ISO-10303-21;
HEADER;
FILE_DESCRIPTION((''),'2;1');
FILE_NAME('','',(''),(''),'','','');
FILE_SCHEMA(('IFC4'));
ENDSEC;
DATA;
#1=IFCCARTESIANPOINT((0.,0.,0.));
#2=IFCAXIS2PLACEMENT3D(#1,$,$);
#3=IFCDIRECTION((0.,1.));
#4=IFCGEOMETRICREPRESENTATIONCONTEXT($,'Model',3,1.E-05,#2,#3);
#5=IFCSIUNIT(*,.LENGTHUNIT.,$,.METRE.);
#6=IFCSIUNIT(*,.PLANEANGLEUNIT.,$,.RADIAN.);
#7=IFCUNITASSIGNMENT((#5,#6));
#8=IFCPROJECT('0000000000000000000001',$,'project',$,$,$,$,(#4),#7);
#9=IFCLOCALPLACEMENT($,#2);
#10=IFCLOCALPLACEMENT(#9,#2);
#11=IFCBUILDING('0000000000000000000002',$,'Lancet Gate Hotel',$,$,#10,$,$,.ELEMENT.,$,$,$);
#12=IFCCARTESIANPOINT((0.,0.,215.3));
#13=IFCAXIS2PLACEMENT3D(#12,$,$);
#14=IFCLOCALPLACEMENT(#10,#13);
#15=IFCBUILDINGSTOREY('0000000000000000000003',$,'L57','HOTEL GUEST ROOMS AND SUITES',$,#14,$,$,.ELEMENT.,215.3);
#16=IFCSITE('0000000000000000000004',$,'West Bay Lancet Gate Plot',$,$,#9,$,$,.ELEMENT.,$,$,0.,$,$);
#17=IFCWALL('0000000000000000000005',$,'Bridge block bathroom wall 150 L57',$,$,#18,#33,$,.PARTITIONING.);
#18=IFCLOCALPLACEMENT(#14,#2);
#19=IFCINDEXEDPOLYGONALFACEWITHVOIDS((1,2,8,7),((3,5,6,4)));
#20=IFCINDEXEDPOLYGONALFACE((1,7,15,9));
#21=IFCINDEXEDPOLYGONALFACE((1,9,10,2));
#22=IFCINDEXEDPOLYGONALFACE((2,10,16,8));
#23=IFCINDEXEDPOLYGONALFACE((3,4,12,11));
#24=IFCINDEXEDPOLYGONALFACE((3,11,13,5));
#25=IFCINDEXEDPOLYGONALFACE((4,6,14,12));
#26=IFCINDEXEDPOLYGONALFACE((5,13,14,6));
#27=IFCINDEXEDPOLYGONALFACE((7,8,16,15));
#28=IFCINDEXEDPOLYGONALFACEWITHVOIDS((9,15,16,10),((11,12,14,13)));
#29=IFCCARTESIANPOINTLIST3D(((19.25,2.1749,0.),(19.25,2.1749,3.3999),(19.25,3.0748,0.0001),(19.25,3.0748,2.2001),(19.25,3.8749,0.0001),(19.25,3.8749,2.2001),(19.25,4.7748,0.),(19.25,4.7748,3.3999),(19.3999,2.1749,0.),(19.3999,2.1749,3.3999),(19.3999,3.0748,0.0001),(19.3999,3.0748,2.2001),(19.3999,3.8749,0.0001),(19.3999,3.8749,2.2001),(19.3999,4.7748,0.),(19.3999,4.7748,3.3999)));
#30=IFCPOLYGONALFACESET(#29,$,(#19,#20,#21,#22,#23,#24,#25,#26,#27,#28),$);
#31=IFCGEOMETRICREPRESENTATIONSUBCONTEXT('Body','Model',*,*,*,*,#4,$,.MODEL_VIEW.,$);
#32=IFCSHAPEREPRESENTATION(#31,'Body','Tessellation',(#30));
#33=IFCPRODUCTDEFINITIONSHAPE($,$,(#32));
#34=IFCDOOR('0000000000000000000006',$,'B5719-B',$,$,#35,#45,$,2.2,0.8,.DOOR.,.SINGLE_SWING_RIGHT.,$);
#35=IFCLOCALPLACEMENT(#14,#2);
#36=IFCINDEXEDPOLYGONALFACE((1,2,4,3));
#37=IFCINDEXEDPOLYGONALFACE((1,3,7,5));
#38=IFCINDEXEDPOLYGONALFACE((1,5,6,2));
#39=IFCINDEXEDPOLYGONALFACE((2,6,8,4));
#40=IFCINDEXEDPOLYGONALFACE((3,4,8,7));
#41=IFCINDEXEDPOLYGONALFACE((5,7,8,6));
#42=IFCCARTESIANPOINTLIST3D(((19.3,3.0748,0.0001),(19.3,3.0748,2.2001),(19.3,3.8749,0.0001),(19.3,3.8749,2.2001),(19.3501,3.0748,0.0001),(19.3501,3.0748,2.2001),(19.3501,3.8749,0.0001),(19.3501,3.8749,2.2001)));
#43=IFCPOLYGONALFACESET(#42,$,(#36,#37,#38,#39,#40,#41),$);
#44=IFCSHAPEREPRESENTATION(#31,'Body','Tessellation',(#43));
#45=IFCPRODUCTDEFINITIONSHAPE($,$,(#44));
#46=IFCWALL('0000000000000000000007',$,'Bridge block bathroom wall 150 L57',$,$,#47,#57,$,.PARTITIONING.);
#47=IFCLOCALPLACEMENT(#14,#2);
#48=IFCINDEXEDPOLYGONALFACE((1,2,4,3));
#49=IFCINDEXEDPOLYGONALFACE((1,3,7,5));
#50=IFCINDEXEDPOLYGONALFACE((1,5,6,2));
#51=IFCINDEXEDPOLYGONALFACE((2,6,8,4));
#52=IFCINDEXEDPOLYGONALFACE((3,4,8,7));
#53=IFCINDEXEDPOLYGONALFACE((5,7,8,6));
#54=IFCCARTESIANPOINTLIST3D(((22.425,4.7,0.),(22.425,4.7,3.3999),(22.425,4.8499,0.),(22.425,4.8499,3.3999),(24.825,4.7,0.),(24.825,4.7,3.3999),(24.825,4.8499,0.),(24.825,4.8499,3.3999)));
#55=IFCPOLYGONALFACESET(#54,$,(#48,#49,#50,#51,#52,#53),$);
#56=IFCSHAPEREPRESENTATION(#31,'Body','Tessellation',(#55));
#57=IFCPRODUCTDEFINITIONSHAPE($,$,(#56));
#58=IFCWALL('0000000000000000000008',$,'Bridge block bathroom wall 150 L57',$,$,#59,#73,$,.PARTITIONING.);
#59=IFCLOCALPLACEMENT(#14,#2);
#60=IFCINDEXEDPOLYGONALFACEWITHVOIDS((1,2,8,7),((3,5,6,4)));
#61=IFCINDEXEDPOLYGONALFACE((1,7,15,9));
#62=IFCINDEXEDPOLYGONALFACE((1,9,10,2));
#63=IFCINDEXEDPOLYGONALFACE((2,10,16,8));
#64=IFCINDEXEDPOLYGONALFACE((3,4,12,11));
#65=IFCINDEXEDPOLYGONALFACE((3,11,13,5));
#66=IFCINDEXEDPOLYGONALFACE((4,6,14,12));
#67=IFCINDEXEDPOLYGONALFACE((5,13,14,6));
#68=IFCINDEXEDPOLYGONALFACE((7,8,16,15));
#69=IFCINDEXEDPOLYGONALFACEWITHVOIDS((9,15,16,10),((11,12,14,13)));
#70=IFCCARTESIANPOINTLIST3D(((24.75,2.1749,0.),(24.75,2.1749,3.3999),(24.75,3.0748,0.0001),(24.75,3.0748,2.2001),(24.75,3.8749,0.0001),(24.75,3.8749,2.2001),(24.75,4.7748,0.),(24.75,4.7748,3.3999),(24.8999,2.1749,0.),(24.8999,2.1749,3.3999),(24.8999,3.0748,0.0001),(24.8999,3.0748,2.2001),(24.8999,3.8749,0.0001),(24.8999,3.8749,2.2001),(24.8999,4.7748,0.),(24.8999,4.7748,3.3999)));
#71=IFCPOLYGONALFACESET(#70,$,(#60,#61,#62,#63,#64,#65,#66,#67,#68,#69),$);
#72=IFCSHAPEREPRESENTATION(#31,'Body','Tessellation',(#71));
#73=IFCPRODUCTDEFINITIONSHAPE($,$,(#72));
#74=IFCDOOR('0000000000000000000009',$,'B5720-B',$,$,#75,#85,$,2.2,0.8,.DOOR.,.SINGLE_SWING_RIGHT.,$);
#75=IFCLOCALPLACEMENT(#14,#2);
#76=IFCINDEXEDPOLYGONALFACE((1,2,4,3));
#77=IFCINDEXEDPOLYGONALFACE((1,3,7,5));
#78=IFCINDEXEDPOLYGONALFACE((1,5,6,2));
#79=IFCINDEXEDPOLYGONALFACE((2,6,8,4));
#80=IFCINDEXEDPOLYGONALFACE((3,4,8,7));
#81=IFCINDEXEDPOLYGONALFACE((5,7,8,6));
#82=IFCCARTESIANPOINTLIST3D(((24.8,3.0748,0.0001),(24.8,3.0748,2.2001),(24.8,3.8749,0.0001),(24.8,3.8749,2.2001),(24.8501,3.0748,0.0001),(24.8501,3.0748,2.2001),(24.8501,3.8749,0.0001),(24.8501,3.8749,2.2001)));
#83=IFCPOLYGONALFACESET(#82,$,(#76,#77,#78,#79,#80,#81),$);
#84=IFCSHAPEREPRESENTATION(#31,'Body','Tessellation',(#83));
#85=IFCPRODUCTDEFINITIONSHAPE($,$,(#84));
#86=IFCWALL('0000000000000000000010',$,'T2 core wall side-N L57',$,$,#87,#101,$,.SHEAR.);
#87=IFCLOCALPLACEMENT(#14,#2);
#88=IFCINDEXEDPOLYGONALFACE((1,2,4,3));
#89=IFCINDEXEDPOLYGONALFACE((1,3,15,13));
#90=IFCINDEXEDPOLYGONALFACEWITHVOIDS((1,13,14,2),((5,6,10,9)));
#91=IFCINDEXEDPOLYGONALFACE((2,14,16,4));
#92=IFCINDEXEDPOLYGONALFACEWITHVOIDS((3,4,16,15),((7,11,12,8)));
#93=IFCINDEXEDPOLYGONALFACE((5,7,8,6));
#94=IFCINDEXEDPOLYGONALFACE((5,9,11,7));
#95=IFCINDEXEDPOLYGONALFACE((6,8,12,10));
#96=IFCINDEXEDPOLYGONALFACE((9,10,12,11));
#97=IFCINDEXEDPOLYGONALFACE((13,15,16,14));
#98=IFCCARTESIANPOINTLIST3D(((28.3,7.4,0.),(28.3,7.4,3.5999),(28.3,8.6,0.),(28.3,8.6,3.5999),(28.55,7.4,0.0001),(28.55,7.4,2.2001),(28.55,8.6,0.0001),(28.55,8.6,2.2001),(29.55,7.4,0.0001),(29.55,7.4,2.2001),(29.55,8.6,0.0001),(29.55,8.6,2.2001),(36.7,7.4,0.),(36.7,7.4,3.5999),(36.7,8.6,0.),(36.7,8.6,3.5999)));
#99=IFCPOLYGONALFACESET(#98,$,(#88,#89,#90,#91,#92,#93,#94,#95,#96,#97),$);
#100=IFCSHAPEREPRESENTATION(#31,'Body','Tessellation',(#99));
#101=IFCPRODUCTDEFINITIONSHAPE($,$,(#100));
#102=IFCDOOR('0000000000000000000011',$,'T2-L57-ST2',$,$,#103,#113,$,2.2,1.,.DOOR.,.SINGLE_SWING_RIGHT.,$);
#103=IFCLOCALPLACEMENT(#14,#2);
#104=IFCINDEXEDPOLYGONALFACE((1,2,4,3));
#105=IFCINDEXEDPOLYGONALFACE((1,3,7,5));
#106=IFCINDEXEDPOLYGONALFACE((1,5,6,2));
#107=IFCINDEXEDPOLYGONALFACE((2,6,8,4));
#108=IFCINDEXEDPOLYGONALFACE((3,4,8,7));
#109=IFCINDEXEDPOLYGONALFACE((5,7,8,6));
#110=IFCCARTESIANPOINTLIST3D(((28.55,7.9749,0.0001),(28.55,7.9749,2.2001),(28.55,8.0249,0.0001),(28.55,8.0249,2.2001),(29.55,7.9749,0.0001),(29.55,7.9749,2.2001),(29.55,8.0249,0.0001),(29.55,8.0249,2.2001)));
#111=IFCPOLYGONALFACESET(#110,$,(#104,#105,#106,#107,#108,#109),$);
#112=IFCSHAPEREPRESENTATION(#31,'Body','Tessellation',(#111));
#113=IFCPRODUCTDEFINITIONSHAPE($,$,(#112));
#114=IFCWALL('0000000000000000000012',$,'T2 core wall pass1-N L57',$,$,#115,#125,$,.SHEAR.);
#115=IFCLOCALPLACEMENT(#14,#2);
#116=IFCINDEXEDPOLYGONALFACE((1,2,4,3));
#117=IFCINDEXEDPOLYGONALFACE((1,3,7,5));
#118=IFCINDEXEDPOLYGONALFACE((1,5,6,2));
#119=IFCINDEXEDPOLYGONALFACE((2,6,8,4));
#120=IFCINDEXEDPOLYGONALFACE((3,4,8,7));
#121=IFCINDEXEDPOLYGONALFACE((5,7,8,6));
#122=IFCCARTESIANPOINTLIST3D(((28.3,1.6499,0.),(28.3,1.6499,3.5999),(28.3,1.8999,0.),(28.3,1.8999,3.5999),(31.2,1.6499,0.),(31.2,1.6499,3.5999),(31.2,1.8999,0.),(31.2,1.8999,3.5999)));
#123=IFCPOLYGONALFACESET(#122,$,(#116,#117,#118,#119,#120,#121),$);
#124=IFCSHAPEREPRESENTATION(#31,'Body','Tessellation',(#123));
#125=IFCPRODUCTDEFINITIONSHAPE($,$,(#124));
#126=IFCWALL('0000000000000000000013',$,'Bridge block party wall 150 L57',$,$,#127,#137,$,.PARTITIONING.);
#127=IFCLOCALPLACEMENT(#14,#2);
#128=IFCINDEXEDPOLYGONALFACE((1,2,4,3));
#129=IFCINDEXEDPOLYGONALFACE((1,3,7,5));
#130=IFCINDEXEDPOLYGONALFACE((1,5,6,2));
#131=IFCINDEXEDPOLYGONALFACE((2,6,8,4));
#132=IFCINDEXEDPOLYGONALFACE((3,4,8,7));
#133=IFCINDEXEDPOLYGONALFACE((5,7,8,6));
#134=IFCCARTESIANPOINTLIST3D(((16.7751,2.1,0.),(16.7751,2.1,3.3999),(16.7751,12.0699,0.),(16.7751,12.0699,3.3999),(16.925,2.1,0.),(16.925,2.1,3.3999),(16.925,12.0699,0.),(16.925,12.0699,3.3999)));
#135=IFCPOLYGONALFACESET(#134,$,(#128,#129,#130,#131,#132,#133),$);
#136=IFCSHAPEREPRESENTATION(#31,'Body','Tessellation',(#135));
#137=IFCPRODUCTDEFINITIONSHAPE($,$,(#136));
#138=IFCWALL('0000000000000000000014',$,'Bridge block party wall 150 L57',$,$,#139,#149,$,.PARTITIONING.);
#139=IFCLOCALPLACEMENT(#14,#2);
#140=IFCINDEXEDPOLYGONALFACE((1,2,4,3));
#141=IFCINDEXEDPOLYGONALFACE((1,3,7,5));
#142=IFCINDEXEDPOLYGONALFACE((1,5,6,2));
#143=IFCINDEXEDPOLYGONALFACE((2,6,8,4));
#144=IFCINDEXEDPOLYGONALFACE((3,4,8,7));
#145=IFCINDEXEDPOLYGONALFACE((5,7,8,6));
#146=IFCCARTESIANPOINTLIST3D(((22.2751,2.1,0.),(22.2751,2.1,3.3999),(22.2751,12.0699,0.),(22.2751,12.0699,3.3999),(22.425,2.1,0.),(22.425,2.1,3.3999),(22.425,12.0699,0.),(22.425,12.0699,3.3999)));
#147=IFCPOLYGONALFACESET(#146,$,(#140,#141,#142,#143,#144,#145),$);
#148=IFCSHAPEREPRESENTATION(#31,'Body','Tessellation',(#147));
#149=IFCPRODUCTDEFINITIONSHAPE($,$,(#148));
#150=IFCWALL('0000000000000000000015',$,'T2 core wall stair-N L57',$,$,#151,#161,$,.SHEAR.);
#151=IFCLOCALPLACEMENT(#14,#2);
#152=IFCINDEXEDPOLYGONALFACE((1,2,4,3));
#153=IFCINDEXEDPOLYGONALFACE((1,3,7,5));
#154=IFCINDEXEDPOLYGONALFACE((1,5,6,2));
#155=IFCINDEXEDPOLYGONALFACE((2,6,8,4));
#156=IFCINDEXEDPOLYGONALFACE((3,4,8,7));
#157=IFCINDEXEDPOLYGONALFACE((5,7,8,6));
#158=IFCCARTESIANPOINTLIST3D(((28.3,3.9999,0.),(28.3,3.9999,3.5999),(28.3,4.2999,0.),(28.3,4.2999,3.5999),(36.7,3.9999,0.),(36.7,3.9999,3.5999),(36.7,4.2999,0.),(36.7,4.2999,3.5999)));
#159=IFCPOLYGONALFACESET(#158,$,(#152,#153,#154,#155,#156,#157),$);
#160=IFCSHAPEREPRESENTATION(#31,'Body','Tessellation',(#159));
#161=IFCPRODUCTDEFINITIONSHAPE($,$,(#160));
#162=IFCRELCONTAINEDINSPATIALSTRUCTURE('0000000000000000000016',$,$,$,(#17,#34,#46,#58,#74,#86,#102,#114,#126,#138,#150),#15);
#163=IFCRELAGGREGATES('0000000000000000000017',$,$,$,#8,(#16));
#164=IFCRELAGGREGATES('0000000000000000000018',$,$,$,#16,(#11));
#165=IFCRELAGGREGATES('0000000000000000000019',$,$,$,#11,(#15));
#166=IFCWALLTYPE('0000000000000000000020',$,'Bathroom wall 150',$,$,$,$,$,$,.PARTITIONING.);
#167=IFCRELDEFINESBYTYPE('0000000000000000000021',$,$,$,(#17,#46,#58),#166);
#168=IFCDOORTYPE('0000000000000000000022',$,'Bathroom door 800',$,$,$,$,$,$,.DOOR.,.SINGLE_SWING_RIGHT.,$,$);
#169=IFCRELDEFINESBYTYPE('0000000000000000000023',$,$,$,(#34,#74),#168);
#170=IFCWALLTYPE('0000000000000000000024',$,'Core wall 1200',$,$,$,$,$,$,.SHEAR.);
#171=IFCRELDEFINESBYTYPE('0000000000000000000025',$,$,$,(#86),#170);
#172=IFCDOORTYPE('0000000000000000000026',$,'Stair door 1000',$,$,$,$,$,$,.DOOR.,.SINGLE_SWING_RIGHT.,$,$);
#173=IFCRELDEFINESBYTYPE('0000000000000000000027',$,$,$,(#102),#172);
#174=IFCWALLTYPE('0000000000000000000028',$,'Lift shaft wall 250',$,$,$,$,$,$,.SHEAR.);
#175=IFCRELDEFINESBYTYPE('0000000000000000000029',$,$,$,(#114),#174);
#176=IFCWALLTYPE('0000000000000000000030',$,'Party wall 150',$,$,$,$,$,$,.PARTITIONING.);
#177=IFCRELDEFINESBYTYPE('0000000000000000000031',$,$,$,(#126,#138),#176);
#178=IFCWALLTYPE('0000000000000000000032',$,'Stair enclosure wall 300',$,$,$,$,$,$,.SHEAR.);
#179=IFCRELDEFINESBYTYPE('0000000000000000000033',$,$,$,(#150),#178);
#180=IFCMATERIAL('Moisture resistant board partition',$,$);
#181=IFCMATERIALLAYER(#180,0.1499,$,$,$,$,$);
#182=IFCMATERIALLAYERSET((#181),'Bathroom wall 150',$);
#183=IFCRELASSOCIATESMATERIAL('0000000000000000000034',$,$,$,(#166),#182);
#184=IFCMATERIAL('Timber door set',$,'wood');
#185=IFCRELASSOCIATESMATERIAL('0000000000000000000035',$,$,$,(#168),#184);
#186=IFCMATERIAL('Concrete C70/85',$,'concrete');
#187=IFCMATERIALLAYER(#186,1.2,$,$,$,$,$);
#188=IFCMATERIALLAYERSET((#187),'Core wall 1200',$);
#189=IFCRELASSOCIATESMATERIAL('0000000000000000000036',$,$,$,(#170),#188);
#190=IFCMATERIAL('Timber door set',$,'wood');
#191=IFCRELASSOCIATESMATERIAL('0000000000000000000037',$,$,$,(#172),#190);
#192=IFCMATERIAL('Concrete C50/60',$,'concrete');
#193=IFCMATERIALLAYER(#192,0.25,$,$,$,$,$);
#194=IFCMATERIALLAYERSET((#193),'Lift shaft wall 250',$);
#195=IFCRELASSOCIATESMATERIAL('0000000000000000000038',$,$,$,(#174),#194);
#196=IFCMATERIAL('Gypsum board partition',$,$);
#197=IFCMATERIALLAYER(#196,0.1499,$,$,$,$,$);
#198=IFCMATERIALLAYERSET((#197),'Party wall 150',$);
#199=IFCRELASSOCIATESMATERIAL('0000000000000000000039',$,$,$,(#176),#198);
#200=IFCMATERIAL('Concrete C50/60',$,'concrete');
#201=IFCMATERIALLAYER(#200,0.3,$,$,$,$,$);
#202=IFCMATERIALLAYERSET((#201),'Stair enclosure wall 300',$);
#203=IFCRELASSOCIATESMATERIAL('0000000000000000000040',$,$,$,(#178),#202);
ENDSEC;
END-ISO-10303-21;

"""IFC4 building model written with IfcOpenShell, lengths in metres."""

from ifc_helpers import new_model, si_unit, direction, frame, frame_2d, origin, place, context, subcontext, project, spatial, rectangle, extrude, material, layer, layer_set, type_object, element, fill, save


model = new_model("IFC4")

# Units and contexts
model_context = context("Model", 3, precision=1e-05, world=origin(), true_north=direction((0.0, 1.0)))
body_context = subcontext(model_context, "Body", "Model", "MODEL_VIEW")
ifc_project = project(units=[si_unit("LENGTHUNIT", "METRE"), si_unit("PLANEANGLEUNIT", "RADIAN")], contexts=[model_context])

# Site, building, storey
site_placement = place(None, origin())
site = spatial("IfcSite", under=ifc_project, at=site_placement, Name="West Bay Lancet Gate Plot", CompositionType="ELEMENT", RefElevation=0.0)
building_placement = place(site_placement, origin())
building = spatial("IfcBuilding", under=site, at=building_placement, Name="Lancet Gate Hotel", CompositionType="ELEMENT")
storey_placement = place(building_placement, frame((0.0, 0.0, 215.3)))
storey = spatial("IfcBuildingStorey", under=building, at=storey_placement, Name="L57", Description="HOTEL GUEST ROOMS AND SUITES", CompositionType="ELEMENT", Elevation=215.3)

# Shared definitions
ifc_material_1 = material(Name="Moisture resistant board partition")
ifc_layer_1 = layer(ifc_material_1, 0.1499)
ifc_layer_set_1 = layer_set([ifc_layer_1], Name="Bathroom wall 150")
wall_type_1 = type_object("IfcWallType", Name="Bathroom wall 150", PredefinedType="PARTITIONING", material=ifc_layer_set_1)

# Wall, opening, door
wall_1_placement = place(storey_placement, frame((19.325, 2.175, 0.0), z_axis=(0.0, 0.0, 1.0), x_axis=(0.0, 1.0, 0.0)))
wall_1 = element("IfcWall", 1, at=wall_1_placement, inside=storey, type_object=wall_type_1, Name="Bridge block bathroom wall 150 L57", PredefinedType="PARTITIONING", context=body_context, shape_type="SweptSolid", body=[
    extrude(rectangle(XDim=2.5999, YDim=0.1499, at=frame_2d((1.2998, 0.0))), origin(), (0.0, 0.0, 1.0), 3.3999),
])
opening_1_placement = place(wall_1_placement, frame((0.8999, 0.0, 0.0)))
opening_1 = element("IfcOpeningElement", 2, at=opening_1_placement, cuts=wall_1, PredefinedType="OPENING", context=body_context, shape_type="SweptSolid", body=[
    extrude(rectangle(XDim=0.8, YDim=2.2, at=frame_2d((0.3999, 1.1001))), frame((0.0, 0.085, 0.0), z_axis=(0.0, -1.0, 0.0), x_axis=(1.0, 0.0, 0.0)), (0.0, 0.0, 1.0), 0.1699),
])
ifc_material_2 = material(Name="Timber door set", Category="wood")
door_type_1 = type_object("IfcDoorType", Name="Bathroom door 800", OperationType="SINGLE_SWING_RIGHT", PredefinedType="DOOR", material=ifc_material_2)
door_1_placement = place(opening_1_placement, origin())
door_1 = element("IfcDoor", 3, at=door_1_placement, inside=storey, type_object=door_type_1, Name="B5719-B", OperationType="SINGLE_SWING_RIGHT", OverallHeight=2.2, OverallWidth=0.8, PredefinedType="DOOR", context=body_context, shape_type="SweptSolid", body=[
    extrude(rectangle(XDim=0.8, YDim=2.2, at=frame_2d((0.3999, 1.1001))), frame((0.0, 0.0249, 0.0), z_axis=(0.0, -1.0, 0.0), x_axis=(1.0, 0.0, 0.0)), (0.0, 0.0, 1.0), 0.05),
])
fill(opening_1, door_1)

# Wall
wall_2_placement = place(storey_placement, frame((22.425, 4.7749, 0.0), z_axis=(0.0, 0.0, 1.0), x_axis=(1.0, 0.0, 0.0)))
element("IfcWall", 4, at=wall_2_placement, inside=storey, type_object=wall_type_1, Name="Bridge block bathroom wall 150 L57", PredefinedType="PARTITIONING", context=body_context, shape_type="SweptSolid", body=[
    extrude(rectangle(XDim=2.3999, YDim=0.1499, at=frame_2d((1.2, 0.0))), origin(), (0.0, 0.0, 1.0), 3.3999),
])

# Walls, openings, doors
wall_3_placement = place(storey_placement, frame((24.825, 2.175, 0.0), z_axis=(0.0, 0.0, 1.0), x_axis=(0.0, 1.0, 0.0)))
wall_3 = element("IfcWall", 5, at=wall_3_placement, inside=storey, type_object=wall_type_1, Name="Bridge block bathroom wall 150 L57", PredefinedType="PARTITIONING", context=body_context, shape_type="SweptSolid", body=[
    extrude(rectangle(XDim=2.5999, YDim=0.1499, at=frame_2d((1.2998, 0.0))), origin(), (0.0, 0.0, 1.0), 3.3999),
])
opening_2_placement = place(wall_3_placement, frame((0.8999, 0.0, 0.0)))
opening_2 = element("IfcOpeningElement", 6, at=opening_2_placement, cuts=wall_3, PredefinedType="OPENING", context=body_context, shape_type="SweptSolid", body=[
    extrude(rectangle(XDim=0.8, YDim=2.2, at=frame_2d((0.3999, 1.1001))), frame((0.0, 0.085, 0.0), z_axis=(0.0, -1.0, 0.0), x_axis=(1.0, 0.0, 0.0)), (0.0, 0.0, 1.0), 0.1699),
])
door_2_placement = place(opening_2_placement, origin())
door_2 = element("IfcDoor", 7, at=door_2_placement, inside=storey, type_object=door_type_1, Name="B5720-B", OperationType="SINGLE_SWING_RIGHT", OverallHeight=2.2, OverallWidth=0.8, PredefinedType="DOOR", context=body_context, shape_type="SweptSolid", body=[
    extrude(rectangle(XDim=0.8, YDim=2.2, at=frame_2d((0.3999, 1.1001))), frame((0.0, 0.0249, 0.0), z_axis=(0.0, -1.0, 0.0), x_axis=(1.0, 0.0, 0.0)), (0.0, 0.0, 1.0), 0.05),
])
fill(opening_2, door_2)
ifc_material_3 = material(Name="Concrete C70/85", Category="concrete")
ifc_layer_2 = layer(ifc_material_3, 1.2)
ifc_layer_set_2 = layer_set([ifc_layer_2], Name="Core wall 1200")
wall_type_2 = type_object("IfcWallType", Name="Core wall 1200", PredefinedType="SHEAR", material=ifc_layer_set_2)
wall_4_placement = place(storey_placement, frame((28.3, 8.0, 0.0), z_axis=(0.0, 0.0, 1.0), x_axis=(1.0, 0.0, 0.0)))
wall_4 = element("IfcWall", 8, at=wall_4_placement, inside=storey, type_object=wall_type_2, Name="T2 core wall side-N L57", PredefinedType="SHEAR", context=body_context, shape_type="SweptSolid", body=[
    extrude(rectangle(XDim=8.3999, YDim=1.2, at=frame_2d((4.2, 0.0))), origin(), (0.0, 0.0, 1.0), 3.5999),
])
opening_3_placement = place(wall_4_placement, frame((0.25, 0.0, 0.0)))
opening_3 = element("IfcOpeningElement", 9, at=opening_3_placement, cuts=wall_4, PredefinedType="OPENING", context=body_context, shape_type="SweptSolid", body=[
    extrude(rectangle(XDim=1.0, YDim=2.2, at=frame_2d((0.5, 1.1001))), frame((0.0, 0.6099, 0.0), z_axis=(0.0, -1.0, 0.0), x_axis=(1.0, 0.0, 0.0)), (0.0, 0.0, 1.0), 1.22),
])
ifc_material_4 = material(Name="Timber door set", Category="wood")
door_type_2 = type_object("IfcDoorType", Name="Stair door 1000", OperationType="SINGLE_SWING_RIGHT", PredefinedType="DOOR", material=ifc_material_4)
door_3_placement = place(opening_3_placement, origin())
door_3 = element("IfcDoor", 10, at=door_3_placement, inside=storey, type_object=door_type_2, Name="T2-L57-ST2", OperationType="SINGLE_SWING_RIGHT", OverallHeight=2.2, OverallWidth=1.0, PredefinedType="DOOR", context=body_context, shape_type="SweptSolid", body=[
    extrude(rectangle(XDim=1.0, YDim=2.2, at=frame_2d((0.5, 1.1001))), frame((0.0, 0.0249, 0.0), z_axis=(0.0, -1.0, 0.0), x_axis=(1.0, 0.0, 0.0)), (0.0, 0.0, 1.0), 0.05),
])
fill(opening_3, door_3)

# Walls
ifc_material_5 = material(Name="Concrete C50/60", Category="concrete")
ifc_layer_3 = layer(ifc_material_5, 0.25)
ifc_layer_set_3 = layer_set([ifc_layer_3], Name="Lift shaft wall 250")
wall_type_3 = type_object("IfcWallType", Name="Lift shaft wall 250", PredefinedType="SHEAR", material=ifc_layer_set_3)
wall_5_placement = place(storey_placement, frame((28.3, 1.7749, 0.0), z_axis=(0.0, 0.0, 1.0), x_axis=(1.0, 0.0, 0.0)))
element("IfcWall", 11, at=wall_5_placement, inside=storey, type_object=wall_type_3, Name="T2 core wall pass1-N L57", PredefinedType="SHEAR", context=body_context, shape_type="SweptSolid", body=[
    extrude(rectangle(XDim=2.8999, YDim=0.25, at=frame_2d((1.45, 0.0))), origin(), (0.0, 0.0, 1.0), 3.5999),
])
ifc_material_6 = material(Name="Gypsum board partition")
ifc_layer_4 = layer(ifc_material_6, 0.1499)
ifc_layer_set_4 = layer_set([ifc_layer_4], Name="Party wall 150")
wall_type_4 = type_object("IfcWallType", Name="Party wall 150", PredefinedType="PARTITIONING", material=ifc_layer_set_4)
for number, where, z_axis, x_axis, name in (
    (12, (16.8501, 2.1001, 0.0), (0.0, 0.0, 1.0), (0.0, 1.0, 0.0), "Bridge block party wall 150 L57"),
    (13, (22.3501, 2.1001, 0.0), (0.0, 0.0, 1.0), (0.0, 1.0, 0.0), "Bridge block party wall 150 L57"),
):
    element("IfcWall", number, at=place(storey_placement, frame(where, z_axis=z_axis, x_axis=x_axis)), inside=storey, type_object=wall_type_4, Name=name, PredefinedType="PARTITIONING", context=body_context, shape_type="SweptSolid", body=[
        extrude(rectangle(XDim=9.97, YDim=0.1499, at=frame_2d((4.9849, 0.0))), origin(), (0.0, 0.0, 1.0), 3.3999),
    ])
ifc_material_7 = material(Name="Concrete C50/60", Category="concrete")
ifc_layer_5 = layer(ifc_material_7, 0.3)
ifc_layer_set_5 = layer_set([ifc_layer_5], Name="Stair enclosure wall 300")
wall_type_5 = type_object("IfcWallType", Name="Stair enclosure wall 300", PredefinedType="SHEAR", material=ifc_layer_set_5)
wall_6_placement = place(storey_placement, frame((28.3, 4.1499, 0.0), z_axis=(0.0, 0.0, 1.0), x_axis=(1.0, 0.0, 0.0)))
element("IfcWall", 14, at=wall_6_placement, inside=storey, type_object=wall_type_5, Name="T2 core wall stair-N L57", PredefinedType="SHEAR", context=body_context, shape_type="SweptSolid", body=[
    extrude(rectangle(XDim=8.3999, YDim=0.3, at=frame_2d((4.2, 0.0))), origin(), (0.0, 0.0, 1.0), 3.5999),
])

save(model, "model.ifc")
